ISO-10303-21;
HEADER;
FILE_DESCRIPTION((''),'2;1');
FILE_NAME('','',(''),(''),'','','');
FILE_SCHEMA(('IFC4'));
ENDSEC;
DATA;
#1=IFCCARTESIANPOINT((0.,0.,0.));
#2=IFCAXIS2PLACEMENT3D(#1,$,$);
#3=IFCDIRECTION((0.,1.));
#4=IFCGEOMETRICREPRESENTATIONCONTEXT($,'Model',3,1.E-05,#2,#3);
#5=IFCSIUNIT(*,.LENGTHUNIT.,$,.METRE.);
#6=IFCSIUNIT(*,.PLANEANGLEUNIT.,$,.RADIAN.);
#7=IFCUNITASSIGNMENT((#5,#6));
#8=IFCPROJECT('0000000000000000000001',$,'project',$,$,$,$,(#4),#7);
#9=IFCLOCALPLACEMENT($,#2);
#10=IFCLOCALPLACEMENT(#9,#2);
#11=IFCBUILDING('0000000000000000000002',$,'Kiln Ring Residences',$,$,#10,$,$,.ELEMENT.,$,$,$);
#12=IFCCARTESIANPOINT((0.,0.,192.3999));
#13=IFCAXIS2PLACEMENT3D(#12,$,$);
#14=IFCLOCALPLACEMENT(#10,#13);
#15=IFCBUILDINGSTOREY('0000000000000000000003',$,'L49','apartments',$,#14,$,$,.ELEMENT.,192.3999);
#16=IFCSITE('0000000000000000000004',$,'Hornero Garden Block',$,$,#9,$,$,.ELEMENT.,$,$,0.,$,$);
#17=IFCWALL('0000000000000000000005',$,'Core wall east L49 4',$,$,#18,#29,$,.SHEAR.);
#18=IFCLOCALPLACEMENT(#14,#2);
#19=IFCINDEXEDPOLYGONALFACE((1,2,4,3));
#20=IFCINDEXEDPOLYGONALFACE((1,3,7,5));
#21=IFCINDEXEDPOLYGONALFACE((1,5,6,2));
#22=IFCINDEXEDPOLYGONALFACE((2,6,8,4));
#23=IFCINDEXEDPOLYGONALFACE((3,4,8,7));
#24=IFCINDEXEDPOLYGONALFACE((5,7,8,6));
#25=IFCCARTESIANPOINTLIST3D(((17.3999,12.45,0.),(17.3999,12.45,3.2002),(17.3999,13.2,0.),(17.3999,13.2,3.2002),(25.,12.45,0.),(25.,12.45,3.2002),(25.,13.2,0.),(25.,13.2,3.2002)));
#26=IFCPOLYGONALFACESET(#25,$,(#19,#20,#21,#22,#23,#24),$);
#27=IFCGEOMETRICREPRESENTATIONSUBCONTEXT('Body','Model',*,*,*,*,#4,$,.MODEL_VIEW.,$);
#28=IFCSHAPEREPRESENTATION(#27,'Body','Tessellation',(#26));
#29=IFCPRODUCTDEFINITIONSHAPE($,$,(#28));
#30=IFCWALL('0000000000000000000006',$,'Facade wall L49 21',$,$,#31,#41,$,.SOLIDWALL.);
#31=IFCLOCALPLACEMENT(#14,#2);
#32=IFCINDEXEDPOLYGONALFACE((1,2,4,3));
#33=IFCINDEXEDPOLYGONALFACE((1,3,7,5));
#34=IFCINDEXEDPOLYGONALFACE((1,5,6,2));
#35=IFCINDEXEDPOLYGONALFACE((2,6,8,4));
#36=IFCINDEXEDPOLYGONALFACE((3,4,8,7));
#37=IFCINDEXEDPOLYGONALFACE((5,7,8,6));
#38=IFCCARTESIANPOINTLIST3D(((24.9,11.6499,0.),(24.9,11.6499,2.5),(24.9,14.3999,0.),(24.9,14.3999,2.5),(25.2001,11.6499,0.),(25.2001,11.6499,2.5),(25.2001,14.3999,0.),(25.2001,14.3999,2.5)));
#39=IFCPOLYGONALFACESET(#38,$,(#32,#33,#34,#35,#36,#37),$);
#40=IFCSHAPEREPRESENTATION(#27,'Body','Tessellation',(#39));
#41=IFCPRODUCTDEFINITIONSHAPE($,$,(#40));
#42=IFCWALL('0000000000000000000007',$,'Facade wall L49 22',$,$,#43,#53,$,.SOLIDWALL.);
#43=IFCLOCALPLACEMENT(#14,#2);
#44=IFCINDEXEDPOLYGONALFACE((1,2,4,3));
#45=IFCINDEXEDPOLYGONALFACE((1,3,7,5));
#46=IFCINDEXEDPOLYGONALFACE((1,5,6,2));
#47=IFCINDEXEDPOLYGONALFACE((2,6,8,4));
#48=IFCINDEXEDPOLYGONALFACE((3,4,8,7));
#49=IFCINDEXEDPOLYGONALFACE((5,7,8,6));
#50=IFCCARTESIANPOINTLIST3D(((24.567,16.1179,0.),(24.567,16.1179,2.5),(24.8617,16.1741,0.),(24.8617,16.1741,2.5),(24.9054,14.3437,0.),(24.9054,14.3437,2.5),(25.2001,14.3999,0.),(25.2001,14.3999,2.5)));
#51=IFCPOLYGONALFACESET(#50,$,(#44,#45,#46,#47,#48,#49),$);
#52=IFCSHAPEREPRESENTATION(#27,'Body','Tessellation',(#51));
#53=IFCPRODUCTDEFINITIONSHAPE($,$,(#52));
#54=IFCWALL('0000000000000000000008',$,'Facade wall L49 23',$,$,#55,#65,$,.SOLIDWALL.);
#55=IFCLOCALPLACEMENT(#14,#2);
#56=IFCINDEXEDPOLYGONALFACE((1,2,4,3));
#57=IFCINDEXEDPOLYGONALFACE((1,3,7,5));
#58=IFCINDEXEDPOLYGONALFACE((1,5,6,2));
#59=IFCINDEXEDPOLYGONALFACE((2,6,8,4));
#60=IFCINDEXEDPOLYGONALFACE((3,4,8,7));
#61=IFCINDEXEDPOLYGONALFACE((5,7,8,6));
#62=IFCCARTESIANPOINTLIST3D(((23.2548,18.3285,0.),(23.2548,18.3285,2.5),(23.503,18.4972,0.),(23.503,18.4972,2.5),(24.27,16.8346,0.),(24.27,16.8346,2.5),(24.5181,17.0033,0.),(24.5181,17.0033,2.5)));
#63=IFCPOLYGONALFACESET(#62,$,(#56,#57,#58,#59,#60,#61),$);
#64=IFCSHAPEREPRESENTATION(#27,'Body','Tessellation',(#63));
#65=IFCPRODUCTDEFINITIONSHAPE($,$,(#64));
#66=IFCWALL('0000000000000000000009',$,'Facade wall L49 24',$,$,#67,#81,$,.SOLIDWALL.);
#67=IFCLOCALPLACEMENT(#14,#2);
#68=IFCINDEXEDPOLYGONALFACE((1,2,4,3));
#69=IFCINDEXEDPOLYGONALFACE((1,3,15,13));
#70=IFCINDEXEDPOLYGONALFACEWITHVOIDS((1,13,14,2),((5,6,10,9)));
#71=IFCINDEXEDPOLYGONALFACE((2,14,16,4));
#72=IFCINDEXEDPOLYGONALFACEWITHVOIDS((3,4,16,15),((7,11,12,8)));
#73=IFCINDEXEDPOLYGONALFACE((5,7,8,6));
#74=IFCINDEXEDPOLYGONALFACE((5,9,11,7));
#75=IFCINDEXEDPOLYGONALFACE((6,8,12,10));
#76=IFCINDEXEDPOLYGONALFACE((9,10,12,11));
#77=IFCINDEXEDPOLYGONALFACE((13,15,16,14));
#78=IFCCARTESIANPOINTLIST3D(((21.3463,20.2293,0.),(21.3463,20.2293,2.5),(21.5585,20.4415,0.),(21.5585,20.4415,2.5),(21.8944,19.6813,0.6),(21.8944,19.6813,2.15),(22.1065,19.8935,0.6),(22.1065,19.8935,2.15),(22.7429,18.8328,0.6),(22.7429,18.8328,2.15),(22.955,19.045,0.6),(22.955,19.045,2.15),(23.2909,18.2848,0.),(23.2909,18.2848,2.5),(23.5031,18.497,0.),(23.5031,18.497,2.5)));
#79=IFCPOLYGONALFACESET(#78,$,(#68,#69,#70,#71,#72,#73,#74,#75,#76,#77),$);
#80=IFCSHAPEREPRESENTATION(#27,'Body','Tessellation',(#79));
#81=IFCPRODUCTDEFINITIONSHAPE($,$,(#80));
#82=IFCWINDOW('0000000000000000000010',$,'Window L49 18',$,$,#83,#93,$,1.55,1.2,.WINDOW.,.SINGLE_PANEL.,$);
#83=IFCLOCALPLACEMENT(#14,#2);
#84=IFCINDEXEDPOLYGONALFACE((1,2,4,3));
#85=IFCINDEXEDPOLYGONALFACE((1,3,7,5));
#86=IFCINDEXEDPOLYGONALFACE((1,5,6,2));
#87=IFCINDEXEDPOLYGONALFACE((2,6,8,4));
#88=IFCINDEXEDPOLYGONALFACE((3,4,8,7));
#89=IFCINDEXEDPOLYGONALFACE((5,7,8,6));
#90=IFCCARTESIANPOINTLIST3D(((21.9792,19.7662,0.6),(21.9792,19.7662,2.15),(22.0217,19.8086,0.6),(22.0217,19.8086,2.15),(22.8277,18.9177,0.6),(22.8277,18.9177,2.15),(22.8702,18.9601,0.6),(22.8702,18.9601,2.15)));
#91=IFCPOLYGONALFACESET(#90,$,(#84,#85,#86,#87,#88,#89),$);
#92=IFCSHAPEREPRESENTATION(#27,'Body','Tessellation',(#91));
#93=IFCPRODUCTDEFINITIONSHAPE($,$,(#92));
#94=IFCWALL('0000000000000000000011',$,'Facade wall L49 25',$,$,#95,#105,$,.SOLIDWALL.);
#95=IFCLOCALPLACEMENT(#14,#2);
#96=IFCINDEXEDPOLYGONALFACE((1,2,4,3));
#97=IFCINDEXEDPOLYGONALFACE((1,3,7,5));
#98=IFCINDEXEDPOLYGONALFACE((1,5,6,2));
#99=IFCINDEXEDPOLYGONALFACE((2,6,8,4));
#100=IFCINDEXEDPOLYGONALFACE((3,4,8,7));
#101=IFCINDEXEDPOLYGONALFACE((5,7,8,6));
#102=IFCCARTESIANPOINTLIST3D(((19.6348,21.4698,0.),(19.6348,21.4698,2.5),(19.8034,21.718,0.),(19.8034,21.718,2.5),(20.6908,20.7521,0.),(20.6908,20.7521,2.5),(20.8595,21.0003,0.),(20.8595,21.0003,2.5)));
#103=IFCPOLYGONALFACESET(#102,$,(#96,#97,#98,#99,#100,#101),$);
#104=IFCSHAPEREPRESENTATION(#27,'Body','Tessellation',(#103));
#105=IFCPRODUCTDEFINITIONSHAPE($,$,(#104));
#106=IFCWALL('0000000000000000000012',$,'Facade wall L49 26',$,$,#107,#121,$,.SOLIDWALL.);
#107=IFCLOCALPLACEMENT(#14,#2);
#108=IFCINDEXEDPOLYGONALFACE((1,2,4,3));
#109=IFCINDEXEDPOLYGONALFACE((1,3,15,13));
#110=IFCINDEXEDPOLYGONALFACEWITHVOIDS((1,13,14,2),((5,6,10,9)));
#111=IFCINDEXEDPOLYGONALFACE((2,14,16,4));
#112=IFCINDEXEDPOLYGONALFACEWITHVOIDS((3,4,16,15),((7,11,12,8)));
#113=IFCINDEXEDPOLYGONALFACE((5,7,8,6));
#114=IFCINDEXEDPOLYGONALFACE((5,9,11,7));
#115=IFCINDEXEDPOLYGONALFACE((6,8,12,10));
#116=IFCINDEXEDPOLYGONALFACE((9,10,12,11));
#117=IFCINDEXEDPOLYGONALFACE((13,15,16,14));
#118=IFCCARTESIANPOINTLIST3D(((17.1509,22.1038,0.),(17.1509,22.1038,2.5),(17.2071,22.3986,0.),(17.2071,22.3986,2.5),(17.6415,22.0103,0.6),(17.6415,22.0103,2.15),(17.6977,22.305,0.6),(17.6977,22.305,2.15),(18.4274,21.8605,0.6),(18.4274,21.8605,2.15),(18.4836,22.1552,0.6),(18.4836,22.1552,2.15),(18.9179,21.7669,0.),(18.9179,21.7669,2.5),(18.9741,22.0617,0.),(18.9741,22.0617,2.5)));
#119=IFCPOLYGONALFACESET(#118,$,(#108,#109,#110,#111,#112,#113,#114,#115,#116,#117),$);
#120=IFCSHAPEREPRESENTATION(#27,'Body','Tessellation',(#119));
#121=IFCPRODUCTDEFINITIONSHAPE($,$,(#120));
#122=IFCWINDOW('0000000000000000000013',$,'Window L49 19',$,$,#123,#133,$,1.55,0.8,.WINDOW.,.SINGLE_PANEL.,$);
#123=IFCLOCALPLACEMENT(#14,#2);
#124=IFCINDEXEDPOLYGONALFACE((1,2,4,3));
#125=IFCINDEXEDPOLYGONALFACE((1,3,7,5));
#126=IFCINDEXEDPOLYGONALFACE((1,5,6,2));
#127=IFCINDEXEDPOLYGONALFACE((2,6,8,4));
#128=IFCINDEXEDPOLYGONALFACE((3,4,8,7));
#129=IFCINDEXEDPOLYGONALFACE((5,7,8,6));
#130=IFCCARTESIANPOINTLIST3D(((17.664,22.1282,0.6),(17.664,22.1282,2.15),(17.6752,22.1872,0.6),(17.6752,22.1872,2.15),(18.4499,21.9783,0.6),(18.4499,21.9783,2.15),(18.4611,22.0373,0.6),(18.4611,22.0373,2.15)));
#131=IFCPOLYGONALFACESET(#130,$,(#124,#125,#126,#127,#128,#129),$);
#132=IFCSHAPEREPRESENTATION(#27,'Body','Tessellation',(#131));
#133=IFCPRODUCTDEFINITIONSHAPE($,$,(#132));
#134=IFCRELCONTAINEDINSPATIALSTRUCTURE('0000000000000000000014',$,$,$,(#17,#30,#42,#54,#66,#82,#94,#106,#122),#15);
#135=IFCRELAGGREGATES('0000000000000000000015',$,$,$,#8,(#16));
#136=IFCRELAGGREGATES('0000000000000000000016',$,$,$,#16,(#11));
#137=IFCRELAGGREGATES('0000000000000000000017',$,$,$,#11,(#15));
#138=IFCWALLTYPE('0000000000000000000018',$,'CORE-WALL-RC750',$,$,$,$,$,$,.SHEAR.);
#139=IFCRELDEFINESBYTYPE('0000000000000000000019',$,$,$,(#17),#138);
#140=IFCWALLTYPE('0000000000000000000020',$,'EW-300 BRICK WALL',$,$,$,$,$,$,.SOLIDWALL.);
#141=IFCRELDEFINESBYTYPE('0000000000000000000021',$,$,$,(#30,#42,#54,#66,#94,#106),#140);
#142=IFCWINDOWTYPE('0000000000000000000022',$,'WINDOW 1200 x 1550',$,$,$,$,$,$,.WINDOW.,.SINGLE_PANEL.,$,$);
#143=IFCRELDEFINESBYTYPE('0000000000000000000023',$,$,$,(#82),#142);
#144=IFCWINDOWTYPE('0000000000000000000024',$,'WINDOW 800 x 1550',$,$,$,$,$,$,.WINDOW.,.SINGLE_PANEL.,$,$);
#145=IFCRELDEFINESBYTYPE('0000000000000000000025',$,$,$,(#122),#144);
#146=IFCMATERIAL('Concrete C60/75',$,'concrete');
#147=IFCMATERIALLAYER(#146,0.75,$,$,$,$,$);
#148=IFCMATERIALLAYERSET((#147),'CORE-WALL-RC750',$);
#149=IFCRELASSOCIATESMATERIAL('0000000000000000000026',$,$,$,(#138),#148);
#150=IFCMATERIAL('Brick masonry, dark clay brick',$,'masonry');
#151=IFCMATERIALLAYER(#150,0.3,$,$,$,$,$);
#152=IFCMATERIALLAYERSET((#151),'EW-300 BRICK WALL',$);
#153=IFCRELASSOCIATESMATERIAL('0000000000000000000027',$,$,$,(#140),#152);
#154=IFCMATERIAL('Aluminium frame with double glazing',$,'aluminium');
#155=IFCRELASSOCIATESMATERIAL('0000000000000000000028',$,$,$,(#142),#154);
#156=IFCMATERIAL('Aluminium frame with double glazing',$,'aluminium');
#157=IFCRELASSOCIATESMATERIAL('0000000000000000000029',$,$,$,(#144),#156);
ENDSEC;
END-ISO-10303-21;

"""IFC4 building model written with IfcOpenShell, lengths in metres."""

from ifc_helpers import new_model, si_unit, direction, frame, frame_2d, origin, place, context, subcontext, project, spatial, rectangle, extrude, material, layer, layer_set, type_object, element, fill, save


model = new_model("IFC4")

# Units and contexts
model_context = context("Model", 3, precision=1e-05, world=origin(), true_north=direction((0.0, 1.0)))
body_context = subcontext(model_context, "Body", "Model", "MODEL_VIEW")
ifc_project = project(units=[si_unit("LENGTHUNIT", "METRE"), si_unit("PLANEANGLEUNIT", "RADIAN")], contexts=[model_context])

# Site, building, storey
site_placement = place(None, origin())
site = spatial("IfcSite", under=ifc_project, at=site_placement, Name="Hornero Garden Block", CompositionType="ELEMENT", RefElevation=0.0)
building_placement = place(site_placement, origin())
building = spatial("IfcBuilding", under=site, at=building_placement, Name="Kiln Ring Residences", CompositionType="ELEMENT")
storey_placement = place(building_placement, frame((0.0, 0.0, 192.3999)))
storey = spatial("IfcBuildingStorey", under=building, at=storey_placement, Name="L49", Description="apartments", CompositionType="ELEMENT", Elevation=192.3999)

# Walls
ifc_material_1 = material(Name="Concrete C60/75", Category="concrete")
ifc_layer_1 = layer(ifc_material_1, 0.75)
ifc_layer_set_1 = layer_set([ifc_layer_1], Name="CORE-WALL-RC750")
wall_type_1 = type_object("IfcWallType", Name="CORE-WALL-RC750", PredefinedType="SHEAR", material=ifc_layer_set_1)
wall_1_placement = place(storey_placement, frame((17.3999, 12.825, 0.0), z_axis=(0.0, 0.0, 1.0), x_axis=(1.0, 0.0, 0.0)))
element("IfcWall", 1, at=wall_1_placement, inside=storey, type_object=wall_type_1, Name="Core wall east L49 4", PredefinedType="SHEAR", context=body_context, shape_type="SweptSolid", body=[
    extrude(rectangle(XDim=7.6001, YDim=0.75, at=frame_2d((3.8, 0.0))), origin(), (0.0, 0.0, 1.0), 3.2002),
])
ifc_material_2 = material(Name="Brick masonry, dark clay brick", Category="masonry")
ifc_layer_2 = layer(ifc_material_2, 0.3)
ifc_layer_set_2 = layer_set([ifc_layer_2], Name="EW-300 BRICK WALL")
wall_type_2 = type_object("IfcWallType", Name="EW-300 BRICK WALL", PredefinedType="SOLIDWALL", material=ifc_layer_set_2)
wall_2_placement = place(storey_placement, frame((25.05, 11.6499, 0.0), z_axis=(0.0, 0.0, 1.0), x_axis=(0.0, 1.0, 0.0)))
element("IfcWall", 2, at=wall_2_placement, inside=storey, type_object=wall_type_2, Name="Facade wall L49 21", PredefinedType="SOLIDWALL", context=body_context, shape_type="SweptSolid", body=[
    extrude(rectangle(XDim=2.75, YDim=0.3, at=frame_2d((1.375, 0.0))), origin(), (0.0, 0.0, 1.0), 2.5),
])
for number, where, z_axis, x_axis, name in (
    (3, (25.0527, 14.3718, 0.0), (0.0, 0.0, 1.0), (-0.187348, 0.982294, 0.0), "Facade wall L49 22"),
    (4, (24.394, 16.9189, 0.0), (0.0, 0.0, 1.0), (-0.56204, 0.82711, 0.0), "Facade wall L49 23"),
):
    element("IfcWall", number, at=place(storey_placement, frame(where, z_axis=z_axis, x_axis=x_axis)), inside=storey, type_object=wall_type_2, Name=name, PredefinedType="SOLIDWALL", context=body_context, shape_type="SweptSolid", body=[
        extrude(rectangle(XDim=1.8062, YDim=0.3, at=frame_2d((0.9031, 0.0))), origin(), (0.0, 0.0, 1.0), 2.5),
    ])

# Wall, opening, window
wall_3_placement = place(storey_placement, frame((23.397, 18.3909, 0.0), z_axis=(0.0, 0.0, 1.0), x_axis=(-0.707107, 0.707107, 0.0)))
wall_3 = element("IfcWall", 5, at=wall_3_placement, inside=storey, type_object=wall_type_2, Name="Facade wall L49 24", PredefinedType="SOLIDWALL", context=body_context, shape_type="SweptSolid", body=[
    extrude(rectangle(XDim=2.75, YDim=0.3, at=frame_2d((1.375, 0.0))), origin(), (0.0, 0.0, 1.0), 2.5),
])
opening_1_placement = place(wall_3_placement, frame((0.7749, 0.0, 0.6001)))
opening_1 = element("IfcOpeningElement", 6, at=opening_1_placement, cuts=wall_3, PredefinedType="OPENING", context=body_context, shape_type="SweptSolid", body=[
    extrude(rectangle(XDim=1.2, YDim=1.55, at=frame_2d((0.6001, 0.7749))), frame((0.0, 0.1599, 0.0), z_axis=(0.0, -1.0, 0.0), x_axis=(1.0, 0.0, 0.0)), (0.0, 0.0, 1.0), 0.3201),
])
ifc_material_3 = material(Name="Aluminium frame with double glazing", Category="aluminium")
window_type_1 = type_object("IfcWindowType", Name="WINDOW 1200 x 1550", PartitioningType="SINGLE_PANEL", PredefinedType="WINDOW", material=ifc_material_3)
window_1_placement = place(opening_1_placement, origin())
window_1 = element("IfcWindow", 7, at=window_1_placement, inside=storey, type_object=window_type_1, Name="Window L49 18", OverallHeight=1.55, OverallWidth=1.2, PartitioningType="SINGLE_PANEL", PredefinedType="WINDOW", context=body_context, shape_type="SweptSolid", body=[
    extrude(rectangle(XDim=1.2, YDim=1.55, at=frame_2d((0.6001, 0.7749))), frame((0.0, 0.03, 0.0), z_axis=(0.0, -1.0, 0.0), x_axis=(1.0, 0.0, 0.0)), (0.0, 0.0, 1.0), 0.0601),
])
fill(opening_1, window_1)

# Wall
wall_4_placement = place(storey_placement, frame((20.7751, 20.8762, 0.0), z_axis=(0.0, 0.0, 1.0), x_axis=(-0.827076, 0.56209, 0.0)))
element("IfcWall", 8, at=wall_4_placement, inside=storey, type_object=wall_type_2, Name="Facade wall L49 25", PredefinedType="SOLIDWALL", context=body_context, shape_type="SweptSolid", body=[
    extrude(rectangle(XDim=1.2769, YDim=0.3, at=frame_2d((0.6384, 0.0))), origin(), (0.0, 0.0, 1.0), 2.5),
])

# Wall, opening, window
wall_5_placement = place(storey_placement, frame((18.946, 21.9143, 0.0), z_axis=(0.0, 0.0, 1.0), x_axis=(-0.982305, 0.187287, 0.0)))
wall_5 = element("IfcWall", 9, at=wall_5_placement, inside=storey, type_object=wall_type_2, Name="Facade wall L49 26", PredefinedType="SOLIDWALL", context=body_context, shape_type="SweptSolid", body=[
    extrude(rectangle(XDim=1.7988, YDim=0.3, at=frame_2d((0.8994, 0.0))), origin(), (0.0, 0.0, 1.0), 2.5),
])
opening_2_placement = place(wall_5_placement, frame((0.4995, 0.0, 0.6001)))
opening_2 = element("IfcOpeningElement", 10, at=opening_2_placement, cuts=wall_5, PredefinedType="OPENING", context=body_context, shape_type="SweptSolid", body=[
    extrude(rectangle(XDim=0.8, YDim=1.55, at=frame_2d((0.3999, 0.7749))), frame((0.0, 0.1599, 0.0), z_axis=(0.0, -1.0, 0.0), x_axis=(1.0, 0.0, 0.0)), (0.0, 0.0, 1.0), 0.3201),
])
ifc_material_4 = material(Name="Aluminium frame with double glazing", Category="aluminium")
window_type_2 = type_object("IfcWindowType", Name="WINDOW 800 x 1550", PartitioningType="SINGLE_PANEL", PredefinedType="WINDOW", material=ifc_material_4)
window_2_placement = place(opening_2_placement, origin())
window_2 = element("IfcWindow", 11, at=window_2_placement, inside=storey, type_object=window_type_2, Name="Window L49 19", OverallHeight=1.55, OverallWidth=0.8, PartitioningType="SINGLE_PANEL", PredefinedType="WINDOW", context=body_context, shape_type="SweptSolid", body=[
    extrude(rectangle(XDim=0.8, YDim=1.55, at=frame_2d((0.3999, 0.7749))), frame((0.0, 0.03, 0.0), z_axis=(0.0, -1.0, 0.0), x_axis=(1.0, 0.0, 0.0)), (0.0, 0.0, 1.0), 0.0601),
])
fill(opening_2, window_2)

save(model, "model.ifc")
